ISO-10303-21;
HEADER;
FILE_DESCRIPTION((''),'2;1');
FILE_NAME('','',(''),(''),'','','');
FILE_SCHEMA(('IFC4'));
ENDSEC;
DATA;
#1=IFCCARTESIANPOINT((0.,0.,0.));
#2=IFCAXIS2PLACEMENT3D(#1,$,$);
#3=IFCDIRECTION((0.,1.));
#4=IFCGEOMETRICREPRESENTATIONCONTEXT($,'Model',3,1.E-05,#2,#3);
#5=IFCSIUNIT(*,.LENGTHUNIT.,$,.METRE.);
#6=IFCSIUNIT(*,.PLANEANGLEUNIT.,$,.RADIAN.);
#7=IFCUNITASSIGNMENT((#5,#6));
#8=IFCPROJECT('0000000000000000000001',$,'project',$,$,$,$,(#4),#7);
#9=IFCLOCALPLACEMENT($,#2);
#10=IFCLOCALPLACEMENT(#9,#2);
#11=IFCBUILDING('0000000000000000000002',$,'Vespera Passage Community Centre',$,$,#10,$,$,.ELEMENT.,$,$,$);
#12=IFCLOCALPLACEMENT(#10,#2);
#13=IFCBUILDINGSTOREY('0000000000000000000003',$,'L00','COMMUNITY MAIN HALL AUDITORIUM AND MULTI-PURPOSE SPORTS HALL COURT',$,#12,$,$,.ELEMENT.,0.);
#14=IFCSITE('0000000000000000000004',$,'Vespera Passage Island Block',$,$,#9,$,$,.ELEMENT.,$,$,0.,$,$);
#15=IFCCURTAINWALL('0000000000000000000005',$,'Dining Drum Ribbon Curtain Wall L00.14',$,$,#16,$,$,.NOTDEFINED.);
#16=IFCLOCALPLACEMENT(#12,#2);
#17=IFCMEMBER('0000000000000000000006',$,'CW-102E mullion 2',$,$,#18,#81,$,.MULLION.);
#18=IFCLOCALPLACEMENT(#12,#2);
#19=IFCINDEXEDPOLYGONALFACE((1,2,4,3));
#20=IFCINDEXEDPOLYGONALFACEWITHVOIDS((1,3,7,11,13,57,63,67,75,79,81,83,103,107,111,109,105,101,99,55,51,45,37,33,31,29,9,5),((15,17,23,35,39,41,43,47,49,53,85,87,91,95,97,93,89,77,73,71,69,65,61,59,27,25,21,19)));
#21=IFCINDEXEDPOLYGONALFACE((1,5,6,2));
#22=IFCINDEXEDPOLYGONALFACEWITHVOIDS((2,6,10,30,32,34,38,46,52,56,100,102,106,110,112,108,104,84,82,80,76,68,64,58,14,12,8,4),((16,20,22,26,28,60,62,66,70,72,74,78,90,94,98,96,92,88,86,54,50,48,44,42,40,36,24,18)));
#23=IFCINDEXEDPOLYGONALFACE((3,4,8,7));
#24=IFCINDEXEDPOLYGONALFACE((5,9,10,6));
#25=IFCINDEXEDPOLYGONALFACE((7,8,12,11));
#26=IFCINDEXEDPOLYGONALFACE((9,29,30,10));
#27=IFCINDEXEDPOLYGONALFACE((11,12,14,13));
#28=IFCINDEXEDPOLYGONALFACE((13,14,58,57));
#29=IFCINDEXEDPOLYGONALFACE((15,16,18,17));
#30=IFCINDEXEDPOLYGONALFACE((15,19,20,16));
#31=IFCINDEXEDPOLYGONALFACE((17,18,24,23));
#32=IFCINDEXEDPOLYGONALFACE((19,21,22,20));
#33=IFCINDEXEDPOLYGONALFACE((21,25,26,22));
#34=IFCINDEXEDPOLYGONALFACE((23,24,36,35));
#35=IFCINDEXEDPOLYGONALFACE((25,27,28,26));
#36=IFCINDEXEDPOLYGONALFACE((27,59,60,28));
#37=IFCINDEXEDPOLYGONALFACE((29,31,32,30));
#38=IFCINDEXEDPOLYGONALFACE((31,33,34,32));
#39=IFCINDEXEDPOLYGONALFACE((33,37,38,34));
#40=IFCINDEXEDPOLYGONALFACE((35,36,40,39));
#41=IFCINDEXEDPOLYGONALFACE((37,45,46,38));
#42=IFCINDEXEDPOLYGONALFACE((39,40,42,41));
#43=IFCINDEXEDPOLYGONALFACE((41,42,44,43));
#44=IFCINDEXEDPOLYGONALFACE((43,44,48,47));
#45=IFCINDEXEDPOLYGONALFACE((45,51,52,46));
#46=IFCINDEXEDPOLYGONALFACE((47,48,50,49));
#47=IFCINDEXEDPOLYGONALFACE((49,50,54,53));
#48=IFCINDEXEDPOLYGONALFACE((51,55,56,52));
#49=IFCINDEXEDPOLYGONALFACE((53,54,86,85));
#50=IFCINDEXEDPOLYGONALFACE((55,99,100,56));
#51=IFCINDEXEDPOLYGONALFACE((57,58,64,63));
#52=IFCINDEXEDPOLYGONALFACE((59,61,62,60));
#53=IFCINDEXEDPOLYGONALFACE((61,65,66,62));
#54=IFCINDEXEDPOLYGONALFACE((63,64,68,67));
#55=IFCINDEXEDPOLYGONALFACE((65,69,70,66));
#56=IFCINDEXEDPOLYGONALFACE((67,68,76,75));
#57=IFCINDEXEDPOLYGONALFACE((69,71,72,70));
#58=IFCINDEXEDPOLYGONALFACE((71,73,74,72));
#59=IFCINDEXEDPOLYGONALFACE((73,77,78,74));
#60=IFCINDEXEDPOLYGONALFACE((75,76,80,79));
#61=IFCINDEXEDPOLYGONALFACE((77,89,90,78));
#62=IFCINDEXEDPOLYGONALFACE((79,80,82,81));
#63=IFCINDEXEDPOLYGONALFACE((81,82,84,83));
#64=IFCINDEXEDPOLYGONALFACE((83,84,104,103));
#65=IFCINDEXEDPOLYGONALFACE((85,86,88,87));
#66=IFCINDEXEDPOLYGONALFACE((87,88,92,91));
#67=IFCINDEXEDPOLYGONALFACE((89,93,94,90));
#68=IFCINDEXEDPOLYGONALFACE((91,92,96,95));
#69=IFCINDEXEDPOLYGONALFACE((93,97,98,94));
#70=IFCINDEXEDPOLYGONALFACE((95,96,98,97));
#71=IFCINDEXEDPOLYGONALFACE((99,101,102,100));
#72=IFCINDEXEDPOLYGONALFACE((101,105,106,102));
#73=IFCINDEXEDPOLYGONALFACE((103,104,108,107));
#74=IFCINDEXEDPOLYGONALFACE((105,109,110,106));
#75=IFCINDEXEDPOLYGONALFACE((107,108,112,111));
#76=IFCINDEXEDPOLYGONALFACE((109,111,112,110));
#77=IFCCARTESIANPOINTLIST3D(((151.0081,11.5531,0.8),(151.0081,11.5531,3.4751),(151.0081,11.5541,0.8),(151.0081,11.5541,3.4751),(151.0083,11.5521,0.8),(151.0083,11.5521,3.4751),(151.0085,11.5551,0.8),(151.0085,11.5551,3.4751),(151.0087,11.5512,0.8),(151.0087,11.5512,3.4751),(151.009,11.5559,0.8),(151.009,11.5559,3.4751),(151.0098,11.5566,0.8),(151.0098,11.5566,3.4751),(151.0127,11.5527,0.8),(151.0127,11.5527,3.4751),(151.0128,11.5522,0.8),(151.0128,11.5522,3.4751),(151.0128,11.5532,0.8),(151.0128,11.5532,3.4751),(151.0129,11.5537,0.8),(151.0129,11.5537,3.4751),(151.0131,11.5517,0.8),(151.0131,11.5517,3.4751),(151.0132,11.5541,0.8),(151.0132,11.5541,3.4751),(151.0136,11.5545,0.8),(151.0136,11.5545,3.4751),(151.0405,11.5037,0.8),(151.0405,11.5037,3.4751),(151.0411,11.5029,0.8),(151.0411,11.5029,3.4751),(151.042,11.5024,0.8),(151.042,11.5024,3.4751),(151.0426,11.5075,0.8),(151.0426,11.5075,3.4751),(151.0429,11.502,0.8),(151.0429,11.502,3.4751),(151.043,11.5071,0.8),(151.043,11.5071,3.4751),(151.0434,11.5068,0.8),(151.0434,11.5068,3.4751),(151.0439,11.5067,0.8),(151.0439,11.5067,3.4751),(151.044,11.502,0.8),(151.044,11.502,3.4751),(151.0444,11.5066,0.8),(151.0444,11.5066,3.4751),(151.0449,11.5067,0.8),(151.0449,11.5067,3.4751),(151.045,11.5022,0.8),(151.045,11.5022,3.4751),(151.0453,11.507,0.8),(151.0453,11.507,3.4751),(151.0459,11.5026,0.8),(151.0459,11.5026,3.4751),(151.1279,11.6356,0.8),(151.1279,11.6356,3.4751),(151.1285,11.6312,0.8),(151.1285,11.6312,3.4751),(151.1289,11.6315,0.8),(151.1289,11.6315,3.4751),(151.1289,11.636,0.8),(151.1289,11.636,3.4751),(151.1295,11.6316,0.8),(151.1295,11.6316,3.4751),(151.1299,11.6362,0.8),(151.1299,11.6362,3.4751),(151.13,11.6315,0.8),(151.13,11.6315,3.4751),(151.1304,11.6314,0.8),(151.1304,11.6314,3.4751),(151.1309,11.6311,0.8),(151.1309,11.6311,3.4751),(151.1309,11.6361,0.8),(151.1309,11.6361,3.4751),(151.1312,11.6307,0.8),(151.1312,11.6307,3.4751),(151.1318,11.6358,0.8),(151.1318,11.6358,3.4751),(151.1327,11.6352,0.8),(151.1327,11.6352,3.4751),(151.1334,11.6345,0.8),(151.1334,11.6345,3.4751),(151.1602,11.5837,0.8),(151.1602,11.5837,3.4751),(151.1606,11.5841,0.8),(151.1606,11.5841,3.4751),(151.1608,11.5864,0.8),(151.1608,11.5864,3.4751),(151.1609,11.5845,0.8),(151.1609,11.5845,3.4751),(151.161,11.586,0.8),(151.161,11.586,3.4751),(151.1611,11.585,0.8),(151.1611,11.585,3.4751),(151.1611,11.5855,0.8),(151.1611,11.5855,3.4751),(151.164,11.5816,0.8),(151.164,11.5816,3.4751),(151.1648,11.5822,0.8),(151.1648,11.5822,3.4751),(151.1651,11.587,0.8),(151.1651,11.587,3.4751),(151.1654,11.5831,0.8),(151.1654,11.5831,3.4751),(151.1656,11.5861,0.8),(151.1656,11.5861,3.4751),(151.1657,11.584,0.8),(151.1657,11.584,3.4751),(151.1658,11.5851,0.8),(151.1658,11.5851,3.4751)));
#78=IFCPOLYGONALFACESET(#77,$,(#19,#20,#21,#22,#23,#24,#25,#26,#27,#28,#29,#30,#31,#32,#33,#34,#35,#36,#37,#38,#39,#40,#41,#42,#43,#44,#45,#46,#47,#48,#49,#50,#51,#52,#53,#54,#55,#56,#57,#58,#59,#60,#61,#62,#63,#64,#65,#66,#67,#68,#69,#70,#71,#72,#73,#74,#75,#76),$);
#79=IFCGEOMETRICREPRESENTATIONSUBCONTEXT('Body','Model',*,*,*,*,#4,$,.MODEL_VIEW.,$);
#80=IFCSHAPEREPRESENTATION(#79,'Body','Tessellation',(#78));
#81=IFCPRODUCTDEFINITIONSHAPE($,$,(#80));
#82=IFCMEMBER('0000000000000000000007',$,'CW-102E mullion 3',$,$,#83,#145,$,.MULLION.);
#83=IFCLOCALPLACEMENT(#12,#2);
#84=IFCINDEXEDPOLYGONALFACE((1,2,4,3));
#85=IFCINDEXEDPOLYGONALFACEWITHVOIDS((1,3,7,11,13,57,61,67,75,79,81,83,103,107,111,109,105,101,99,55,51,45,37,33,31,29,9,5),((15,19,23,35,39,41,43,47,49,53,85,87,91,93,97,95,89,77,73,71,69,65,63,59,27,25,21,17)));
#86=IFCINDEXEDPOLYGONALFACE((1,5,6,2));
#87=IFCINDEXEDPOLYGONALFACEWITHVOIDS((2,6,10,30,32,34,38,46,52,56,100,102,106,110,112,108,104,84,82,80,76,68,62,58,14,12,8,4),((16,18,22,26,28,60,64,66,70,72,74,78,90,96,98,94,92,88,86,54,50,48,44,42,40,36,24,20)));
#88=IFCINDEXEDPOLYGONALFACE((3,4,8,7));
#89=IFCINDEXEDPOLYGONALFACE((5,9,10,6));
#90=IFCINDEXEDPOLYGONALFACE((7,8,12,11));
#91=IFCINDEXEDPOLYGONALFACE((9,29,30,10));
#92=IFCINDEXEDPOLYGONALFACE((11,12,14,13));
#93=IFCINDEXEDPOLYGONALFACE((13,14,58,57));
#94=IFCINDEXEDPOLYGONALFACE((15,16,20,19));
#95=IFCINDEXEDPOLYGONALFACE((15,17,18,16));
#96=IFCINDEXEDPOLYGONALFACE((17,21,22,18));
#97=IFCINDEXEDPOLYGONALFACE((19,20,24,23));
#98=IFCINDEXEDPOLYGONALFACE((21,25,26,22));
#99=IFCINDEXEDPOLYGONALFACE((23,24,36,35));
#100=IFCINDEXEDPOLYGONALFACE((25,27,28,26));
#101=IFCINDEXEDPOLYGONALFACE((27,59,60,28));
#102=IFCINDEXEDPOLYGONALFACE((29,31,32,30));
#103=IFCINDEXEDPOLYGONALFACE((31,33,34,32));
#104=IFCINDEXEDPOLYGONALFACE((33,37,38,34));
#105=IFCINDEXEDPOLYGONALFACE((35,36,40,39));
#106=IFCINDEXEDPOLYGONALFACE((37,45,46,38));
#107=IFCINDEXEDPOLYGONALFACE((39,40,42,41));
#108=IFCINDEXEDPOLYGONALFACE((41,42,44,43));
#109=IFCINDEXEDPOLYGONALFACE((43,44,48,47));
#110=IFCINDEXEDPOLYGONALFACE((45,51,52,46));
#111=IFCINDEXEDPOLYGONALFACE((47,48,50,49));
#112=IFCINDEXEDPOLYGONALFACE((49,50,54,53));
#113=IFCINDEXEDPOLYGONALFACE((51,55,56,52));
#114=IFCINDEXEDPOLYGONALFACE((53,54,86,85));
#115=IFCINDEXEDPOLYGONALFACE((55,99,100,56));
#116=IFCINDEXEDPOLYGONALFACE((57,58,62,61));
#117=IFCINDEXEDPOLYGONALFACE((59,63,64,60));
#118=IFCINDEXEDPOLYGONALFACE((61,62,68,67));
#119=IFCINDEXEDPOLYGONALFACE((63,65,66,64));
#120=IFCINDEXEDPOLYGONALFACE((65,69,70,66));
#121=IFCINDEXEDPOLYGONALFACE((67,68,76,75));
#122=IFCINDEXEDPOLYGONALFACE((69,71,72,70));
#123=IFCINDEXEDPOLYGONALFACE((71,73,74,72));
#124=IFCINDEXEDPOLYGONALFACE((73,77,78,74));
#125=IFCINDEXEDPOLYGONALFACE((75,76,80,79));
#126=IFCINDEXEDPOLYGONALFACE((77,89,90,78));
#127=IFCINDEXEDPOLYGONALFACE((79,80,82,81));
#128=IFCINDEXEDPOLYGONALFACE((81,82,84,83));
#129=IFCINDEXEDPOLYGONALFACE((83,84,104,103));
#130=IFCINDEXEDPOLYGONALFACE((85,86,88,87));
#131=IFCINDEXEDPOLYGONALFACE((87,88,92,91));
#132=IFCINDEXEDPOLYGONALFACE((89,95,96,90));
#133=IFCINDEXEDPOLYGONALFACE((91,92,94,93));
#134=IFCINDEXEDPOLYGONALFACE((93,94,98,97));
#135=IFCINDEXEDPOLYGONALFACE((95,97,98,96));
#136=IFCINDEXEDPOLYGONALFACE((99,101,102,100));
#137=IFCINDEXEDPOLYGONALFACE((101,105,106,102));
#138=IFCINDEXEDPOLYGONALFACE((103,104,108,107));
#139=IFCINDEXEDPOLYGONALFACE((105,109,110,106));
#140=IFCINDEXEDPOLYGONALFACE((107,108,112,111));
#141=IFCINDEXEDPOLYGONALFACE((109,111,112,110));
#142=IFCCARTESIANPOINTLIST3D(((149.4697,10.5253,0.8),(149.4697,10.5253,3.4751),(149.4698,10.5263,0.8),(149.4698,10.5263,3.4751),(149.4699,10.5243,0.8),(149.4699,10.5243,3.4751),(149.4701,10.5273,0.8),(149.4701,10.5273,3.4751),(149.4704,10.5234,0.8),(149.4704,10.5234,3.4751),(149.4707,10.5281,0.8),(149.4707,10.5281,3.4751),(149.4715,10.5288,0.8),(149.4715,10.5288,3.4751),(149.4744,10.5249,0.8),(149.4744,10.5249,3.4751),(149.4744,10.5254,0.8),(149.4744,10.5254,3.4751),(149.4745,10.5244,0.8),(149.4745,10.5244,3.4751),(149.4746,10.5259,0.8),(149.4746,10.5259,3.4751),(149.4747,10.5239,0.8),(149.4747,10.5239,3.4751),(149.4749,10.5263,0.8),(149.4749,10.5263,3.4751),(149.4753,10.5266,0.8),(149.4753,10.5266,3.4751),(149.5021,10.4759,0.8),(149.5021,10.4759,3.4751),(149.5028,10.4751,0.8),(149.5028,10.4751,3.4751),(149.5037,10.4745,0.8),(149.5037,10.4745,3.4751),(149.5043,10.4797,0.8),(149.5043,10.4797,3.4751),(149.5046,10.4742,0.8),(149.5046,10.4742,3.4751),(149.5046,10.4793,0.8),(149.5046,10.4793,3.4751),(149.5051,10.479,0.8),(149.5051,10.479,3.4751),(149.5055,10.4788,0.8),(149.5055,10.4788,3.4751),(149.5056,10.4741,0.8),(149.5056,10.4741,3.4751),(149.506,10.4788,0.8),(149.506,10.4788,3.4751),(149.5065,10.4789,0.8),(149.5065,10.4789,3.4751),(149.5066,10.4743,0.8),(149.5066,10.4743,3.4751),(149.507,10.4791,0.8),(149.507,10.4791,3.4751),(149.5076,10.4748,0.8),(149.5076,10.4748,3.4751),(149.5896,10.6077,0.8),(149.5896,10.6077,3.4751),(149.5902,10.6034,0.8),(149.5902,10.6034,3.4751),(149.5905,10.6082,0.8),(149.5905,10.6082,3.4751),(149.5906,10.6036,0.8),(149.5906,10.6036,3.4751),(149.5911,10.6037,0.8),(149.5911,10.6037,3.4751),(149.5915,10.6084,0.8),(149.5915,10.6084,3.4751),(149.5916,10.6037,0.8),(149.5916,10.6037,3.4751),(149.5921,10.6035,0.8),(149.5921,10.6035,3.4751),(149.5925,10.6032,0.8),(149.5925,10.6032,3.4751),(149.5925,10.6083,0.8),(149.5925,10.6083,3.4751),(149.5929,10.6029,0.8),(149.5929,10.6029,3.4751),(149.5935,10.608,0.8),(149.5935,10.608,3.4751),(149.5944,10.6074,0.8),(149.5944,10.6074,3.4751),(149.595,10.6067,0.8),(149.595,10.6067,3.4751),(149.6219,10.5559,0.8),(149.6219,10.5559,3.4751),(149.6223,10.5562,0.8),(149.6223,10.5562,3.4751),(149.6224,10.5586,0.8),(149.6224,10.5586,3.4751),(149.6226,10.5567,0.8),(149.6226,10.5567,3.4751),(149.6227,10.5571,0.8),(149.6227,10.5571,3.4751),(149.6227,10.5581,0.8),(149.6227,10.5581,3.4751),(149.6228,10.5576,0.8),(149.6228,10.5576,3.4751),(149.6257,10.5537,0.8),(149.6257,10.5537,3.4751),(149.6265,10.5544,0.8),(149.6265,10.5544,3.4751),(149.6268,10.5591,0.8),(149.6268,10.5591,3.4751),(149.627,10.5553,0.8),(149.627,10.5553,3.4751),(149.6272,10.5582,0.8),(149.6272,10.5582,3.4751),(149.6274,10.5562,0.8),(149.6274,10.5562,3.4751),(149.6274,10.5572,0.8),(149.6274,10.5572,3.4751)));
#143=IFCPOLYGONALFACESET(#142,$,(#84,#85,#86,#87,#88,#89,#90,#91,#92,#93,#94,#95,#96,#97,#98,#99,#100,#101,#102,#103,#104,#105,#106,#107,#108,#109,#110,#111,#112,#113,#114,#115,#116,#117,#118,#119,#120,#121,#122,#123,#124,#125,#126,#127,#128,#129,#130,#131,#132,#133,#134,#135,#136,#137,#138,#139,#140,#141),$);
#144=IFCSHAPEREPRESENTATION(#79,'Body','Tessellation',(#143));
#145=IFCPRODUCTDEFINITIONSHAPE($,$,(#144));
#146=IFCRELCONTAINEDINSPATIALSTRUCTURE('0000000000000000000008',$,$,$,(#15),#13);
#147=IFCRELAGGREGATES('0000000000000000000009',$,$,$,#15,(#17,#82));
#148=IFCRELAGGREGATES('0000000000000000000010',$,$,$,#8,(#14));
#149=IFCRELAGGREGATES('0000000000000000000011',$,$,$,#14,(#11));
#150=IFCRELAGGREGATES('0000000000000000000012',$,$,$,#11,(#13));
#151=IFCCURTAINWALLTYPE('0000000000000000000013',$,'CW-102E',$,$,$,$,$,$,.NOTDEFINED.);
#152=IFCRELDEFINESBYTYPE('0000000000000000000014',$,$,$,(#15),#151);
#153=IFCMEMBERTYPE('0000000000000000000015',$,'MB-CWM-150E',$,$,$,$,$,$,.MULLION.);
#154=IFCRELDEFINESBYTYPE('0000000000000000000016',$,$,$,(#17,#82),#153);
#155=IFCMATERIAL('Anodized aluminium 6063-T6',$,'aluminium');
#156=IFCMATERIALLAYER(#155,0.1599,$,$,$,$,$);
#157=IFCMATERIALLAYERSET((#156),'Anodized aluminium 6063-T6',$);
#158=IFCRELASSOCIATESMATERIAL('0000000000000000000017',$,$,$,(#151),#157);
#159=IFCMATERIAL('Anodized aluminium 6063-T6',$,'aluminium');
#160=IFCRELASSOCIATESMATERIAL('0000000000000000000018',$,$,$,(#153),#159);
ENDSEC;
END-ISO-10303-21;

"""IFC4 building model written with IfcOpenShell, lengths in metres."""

from ifc_helpers import new_model, si_unit, direction, frame, origin, origin_2d, place, context, subcontext, project, spatial, hollow_rectangle, extrude, material, layer, layer_set, material_profile, profile_set, type_object, element, aggregate, save


model = new_model("IFC4")

# Units and contexts
model_context = context("Model", 3, precision=1e-05, world=origin(), true_north=direction((0.0, 1.0)))
body_context = subcontext(model_context, "Body", "Model", "MODEL_VIEW")
ifc_project = project(units=[si_unit("LENGTHUNIT", "METRE"), si_unit("PLANEANGLEUNIT", "RADIAN")], contexts=[model_context])

# Site, building, storey
site_placement = place(None, origin())
site = spatial("IfcSite", under=ifc_project, at=site_placement, Name="Vespera Passage Island Block", CompositionType="ELEMENT", RefElevation=0.0)
building_placement = place(site_placement, origin())
building = spatial("IfcBuilding", under=site, at=building_placement, Name="Vespera Passage Community Centre", CompositionType="ELEMENT")
storey_placement = place(building_placement, origin())
storey = spatial("IfcBuildingStorey", under=building, at=storey_placement, Name="L00", Description="COMMUNITY MAIN HALL AUDITORIUM AND MULTI-PURPOSE SPORTS HALL COURT", CompositionType="ELEMENT", Elevation=0.0)

# Curtain wall, members
ifc_material_1 = material(Name="Anodized aluminium 6063-T6", Category="aluminium")
ifc_layer_1 = layer(ifc_material_1, 0.1599)
ifc_layer_set_1 = layer_set([ifc_layer_1], Name="Anodized aluminium 6063-T6")
curtain_wall_type = type_object("IfcCurtainWallType", Name="CW-102E", PredefinedType="NOTDEFINED", material=ifc_layer_set_1)
curtain_wall_placement = place(storey_placement, origin())
curtain_wall = element("IfcCurtainWall", 1, at=curtain_wall_placement, inside=storey, type_object=curtain_wall_type, Name="Dining Drum Ribbon Curtain Wall L00.14", PredefinedType="NOTDEFINED")
ifc_material_2 = material(Name="Anodized aluminium 6063-T6", Category="aluminium")
ifc_material_profile_1 = material_profile(ifc_material_2, hollow_rectangle(XDim=0.0649, YDim=0.1499, WallThickness=0.0039, InnerFilletRadius=0.002, OuterFilletRadius=0.0039, at=origin_2d()), Name="ALU150X65X4")
ifc_profile_set_1 = profile_set([ifc_material_profile_1], Name="Anodized aluminium 6063-T6")
member_type_1 = type_object("IfcMemberType", Name="MB-CWM-150E", PredefinedType="MULLION", material=ifc_profile_set_1)
member_1_placement = place(storey_placement, frame((151.0869, 11.5691, 0.8), z_axis=(0.0, 0.0, 1.0), x_axis=(0.555565, -0.831473, 0.0)))
member_1 = element("IfcMember", 2, at=member_1_placement, type_object=member_type_1, Name="CW-102E mullion 2", PredefinedType="MULLION", context=body_context, shape_type="SweptSolid", body=[
    extrude(hollow_rectangle(XDim=0.0649, YDim=0.1499, WallThickness=0.0039, InnerFilletRadius=0.002, OuterFilletRadius=0.0039, at=origin_2d()), origin(), (0.0, 0.0, 1.0), 2.675),
])
member_2_placement = place(storey_placement, frame((149.5486, 10.5413, 0.8), z_axis=(0.0, 0.0, 1.0), x_axis=(0.555565, -0.831473, 0.0)))
member_2 = element("IfcMember", 3, at=member_2_placement, type_object=member_type_1, Name="CW-102E mullion 3", PredefinedType="MULLION", context=body_context, shape_type="SweptSolid", body=[
    extrude(hollow_rectangle(XDim=0.0649, YDim=0.1499, WallThickness=0.0039, InnerFilletRadius=0.002, OuterFilletRadius=0.0039, at=origin_2d()), origin(), (0.0, 0.0, 1.0), 2.675),
])
aggregate(curtain_wall, [member_1, member_2])

save(model, "model.ifc")
